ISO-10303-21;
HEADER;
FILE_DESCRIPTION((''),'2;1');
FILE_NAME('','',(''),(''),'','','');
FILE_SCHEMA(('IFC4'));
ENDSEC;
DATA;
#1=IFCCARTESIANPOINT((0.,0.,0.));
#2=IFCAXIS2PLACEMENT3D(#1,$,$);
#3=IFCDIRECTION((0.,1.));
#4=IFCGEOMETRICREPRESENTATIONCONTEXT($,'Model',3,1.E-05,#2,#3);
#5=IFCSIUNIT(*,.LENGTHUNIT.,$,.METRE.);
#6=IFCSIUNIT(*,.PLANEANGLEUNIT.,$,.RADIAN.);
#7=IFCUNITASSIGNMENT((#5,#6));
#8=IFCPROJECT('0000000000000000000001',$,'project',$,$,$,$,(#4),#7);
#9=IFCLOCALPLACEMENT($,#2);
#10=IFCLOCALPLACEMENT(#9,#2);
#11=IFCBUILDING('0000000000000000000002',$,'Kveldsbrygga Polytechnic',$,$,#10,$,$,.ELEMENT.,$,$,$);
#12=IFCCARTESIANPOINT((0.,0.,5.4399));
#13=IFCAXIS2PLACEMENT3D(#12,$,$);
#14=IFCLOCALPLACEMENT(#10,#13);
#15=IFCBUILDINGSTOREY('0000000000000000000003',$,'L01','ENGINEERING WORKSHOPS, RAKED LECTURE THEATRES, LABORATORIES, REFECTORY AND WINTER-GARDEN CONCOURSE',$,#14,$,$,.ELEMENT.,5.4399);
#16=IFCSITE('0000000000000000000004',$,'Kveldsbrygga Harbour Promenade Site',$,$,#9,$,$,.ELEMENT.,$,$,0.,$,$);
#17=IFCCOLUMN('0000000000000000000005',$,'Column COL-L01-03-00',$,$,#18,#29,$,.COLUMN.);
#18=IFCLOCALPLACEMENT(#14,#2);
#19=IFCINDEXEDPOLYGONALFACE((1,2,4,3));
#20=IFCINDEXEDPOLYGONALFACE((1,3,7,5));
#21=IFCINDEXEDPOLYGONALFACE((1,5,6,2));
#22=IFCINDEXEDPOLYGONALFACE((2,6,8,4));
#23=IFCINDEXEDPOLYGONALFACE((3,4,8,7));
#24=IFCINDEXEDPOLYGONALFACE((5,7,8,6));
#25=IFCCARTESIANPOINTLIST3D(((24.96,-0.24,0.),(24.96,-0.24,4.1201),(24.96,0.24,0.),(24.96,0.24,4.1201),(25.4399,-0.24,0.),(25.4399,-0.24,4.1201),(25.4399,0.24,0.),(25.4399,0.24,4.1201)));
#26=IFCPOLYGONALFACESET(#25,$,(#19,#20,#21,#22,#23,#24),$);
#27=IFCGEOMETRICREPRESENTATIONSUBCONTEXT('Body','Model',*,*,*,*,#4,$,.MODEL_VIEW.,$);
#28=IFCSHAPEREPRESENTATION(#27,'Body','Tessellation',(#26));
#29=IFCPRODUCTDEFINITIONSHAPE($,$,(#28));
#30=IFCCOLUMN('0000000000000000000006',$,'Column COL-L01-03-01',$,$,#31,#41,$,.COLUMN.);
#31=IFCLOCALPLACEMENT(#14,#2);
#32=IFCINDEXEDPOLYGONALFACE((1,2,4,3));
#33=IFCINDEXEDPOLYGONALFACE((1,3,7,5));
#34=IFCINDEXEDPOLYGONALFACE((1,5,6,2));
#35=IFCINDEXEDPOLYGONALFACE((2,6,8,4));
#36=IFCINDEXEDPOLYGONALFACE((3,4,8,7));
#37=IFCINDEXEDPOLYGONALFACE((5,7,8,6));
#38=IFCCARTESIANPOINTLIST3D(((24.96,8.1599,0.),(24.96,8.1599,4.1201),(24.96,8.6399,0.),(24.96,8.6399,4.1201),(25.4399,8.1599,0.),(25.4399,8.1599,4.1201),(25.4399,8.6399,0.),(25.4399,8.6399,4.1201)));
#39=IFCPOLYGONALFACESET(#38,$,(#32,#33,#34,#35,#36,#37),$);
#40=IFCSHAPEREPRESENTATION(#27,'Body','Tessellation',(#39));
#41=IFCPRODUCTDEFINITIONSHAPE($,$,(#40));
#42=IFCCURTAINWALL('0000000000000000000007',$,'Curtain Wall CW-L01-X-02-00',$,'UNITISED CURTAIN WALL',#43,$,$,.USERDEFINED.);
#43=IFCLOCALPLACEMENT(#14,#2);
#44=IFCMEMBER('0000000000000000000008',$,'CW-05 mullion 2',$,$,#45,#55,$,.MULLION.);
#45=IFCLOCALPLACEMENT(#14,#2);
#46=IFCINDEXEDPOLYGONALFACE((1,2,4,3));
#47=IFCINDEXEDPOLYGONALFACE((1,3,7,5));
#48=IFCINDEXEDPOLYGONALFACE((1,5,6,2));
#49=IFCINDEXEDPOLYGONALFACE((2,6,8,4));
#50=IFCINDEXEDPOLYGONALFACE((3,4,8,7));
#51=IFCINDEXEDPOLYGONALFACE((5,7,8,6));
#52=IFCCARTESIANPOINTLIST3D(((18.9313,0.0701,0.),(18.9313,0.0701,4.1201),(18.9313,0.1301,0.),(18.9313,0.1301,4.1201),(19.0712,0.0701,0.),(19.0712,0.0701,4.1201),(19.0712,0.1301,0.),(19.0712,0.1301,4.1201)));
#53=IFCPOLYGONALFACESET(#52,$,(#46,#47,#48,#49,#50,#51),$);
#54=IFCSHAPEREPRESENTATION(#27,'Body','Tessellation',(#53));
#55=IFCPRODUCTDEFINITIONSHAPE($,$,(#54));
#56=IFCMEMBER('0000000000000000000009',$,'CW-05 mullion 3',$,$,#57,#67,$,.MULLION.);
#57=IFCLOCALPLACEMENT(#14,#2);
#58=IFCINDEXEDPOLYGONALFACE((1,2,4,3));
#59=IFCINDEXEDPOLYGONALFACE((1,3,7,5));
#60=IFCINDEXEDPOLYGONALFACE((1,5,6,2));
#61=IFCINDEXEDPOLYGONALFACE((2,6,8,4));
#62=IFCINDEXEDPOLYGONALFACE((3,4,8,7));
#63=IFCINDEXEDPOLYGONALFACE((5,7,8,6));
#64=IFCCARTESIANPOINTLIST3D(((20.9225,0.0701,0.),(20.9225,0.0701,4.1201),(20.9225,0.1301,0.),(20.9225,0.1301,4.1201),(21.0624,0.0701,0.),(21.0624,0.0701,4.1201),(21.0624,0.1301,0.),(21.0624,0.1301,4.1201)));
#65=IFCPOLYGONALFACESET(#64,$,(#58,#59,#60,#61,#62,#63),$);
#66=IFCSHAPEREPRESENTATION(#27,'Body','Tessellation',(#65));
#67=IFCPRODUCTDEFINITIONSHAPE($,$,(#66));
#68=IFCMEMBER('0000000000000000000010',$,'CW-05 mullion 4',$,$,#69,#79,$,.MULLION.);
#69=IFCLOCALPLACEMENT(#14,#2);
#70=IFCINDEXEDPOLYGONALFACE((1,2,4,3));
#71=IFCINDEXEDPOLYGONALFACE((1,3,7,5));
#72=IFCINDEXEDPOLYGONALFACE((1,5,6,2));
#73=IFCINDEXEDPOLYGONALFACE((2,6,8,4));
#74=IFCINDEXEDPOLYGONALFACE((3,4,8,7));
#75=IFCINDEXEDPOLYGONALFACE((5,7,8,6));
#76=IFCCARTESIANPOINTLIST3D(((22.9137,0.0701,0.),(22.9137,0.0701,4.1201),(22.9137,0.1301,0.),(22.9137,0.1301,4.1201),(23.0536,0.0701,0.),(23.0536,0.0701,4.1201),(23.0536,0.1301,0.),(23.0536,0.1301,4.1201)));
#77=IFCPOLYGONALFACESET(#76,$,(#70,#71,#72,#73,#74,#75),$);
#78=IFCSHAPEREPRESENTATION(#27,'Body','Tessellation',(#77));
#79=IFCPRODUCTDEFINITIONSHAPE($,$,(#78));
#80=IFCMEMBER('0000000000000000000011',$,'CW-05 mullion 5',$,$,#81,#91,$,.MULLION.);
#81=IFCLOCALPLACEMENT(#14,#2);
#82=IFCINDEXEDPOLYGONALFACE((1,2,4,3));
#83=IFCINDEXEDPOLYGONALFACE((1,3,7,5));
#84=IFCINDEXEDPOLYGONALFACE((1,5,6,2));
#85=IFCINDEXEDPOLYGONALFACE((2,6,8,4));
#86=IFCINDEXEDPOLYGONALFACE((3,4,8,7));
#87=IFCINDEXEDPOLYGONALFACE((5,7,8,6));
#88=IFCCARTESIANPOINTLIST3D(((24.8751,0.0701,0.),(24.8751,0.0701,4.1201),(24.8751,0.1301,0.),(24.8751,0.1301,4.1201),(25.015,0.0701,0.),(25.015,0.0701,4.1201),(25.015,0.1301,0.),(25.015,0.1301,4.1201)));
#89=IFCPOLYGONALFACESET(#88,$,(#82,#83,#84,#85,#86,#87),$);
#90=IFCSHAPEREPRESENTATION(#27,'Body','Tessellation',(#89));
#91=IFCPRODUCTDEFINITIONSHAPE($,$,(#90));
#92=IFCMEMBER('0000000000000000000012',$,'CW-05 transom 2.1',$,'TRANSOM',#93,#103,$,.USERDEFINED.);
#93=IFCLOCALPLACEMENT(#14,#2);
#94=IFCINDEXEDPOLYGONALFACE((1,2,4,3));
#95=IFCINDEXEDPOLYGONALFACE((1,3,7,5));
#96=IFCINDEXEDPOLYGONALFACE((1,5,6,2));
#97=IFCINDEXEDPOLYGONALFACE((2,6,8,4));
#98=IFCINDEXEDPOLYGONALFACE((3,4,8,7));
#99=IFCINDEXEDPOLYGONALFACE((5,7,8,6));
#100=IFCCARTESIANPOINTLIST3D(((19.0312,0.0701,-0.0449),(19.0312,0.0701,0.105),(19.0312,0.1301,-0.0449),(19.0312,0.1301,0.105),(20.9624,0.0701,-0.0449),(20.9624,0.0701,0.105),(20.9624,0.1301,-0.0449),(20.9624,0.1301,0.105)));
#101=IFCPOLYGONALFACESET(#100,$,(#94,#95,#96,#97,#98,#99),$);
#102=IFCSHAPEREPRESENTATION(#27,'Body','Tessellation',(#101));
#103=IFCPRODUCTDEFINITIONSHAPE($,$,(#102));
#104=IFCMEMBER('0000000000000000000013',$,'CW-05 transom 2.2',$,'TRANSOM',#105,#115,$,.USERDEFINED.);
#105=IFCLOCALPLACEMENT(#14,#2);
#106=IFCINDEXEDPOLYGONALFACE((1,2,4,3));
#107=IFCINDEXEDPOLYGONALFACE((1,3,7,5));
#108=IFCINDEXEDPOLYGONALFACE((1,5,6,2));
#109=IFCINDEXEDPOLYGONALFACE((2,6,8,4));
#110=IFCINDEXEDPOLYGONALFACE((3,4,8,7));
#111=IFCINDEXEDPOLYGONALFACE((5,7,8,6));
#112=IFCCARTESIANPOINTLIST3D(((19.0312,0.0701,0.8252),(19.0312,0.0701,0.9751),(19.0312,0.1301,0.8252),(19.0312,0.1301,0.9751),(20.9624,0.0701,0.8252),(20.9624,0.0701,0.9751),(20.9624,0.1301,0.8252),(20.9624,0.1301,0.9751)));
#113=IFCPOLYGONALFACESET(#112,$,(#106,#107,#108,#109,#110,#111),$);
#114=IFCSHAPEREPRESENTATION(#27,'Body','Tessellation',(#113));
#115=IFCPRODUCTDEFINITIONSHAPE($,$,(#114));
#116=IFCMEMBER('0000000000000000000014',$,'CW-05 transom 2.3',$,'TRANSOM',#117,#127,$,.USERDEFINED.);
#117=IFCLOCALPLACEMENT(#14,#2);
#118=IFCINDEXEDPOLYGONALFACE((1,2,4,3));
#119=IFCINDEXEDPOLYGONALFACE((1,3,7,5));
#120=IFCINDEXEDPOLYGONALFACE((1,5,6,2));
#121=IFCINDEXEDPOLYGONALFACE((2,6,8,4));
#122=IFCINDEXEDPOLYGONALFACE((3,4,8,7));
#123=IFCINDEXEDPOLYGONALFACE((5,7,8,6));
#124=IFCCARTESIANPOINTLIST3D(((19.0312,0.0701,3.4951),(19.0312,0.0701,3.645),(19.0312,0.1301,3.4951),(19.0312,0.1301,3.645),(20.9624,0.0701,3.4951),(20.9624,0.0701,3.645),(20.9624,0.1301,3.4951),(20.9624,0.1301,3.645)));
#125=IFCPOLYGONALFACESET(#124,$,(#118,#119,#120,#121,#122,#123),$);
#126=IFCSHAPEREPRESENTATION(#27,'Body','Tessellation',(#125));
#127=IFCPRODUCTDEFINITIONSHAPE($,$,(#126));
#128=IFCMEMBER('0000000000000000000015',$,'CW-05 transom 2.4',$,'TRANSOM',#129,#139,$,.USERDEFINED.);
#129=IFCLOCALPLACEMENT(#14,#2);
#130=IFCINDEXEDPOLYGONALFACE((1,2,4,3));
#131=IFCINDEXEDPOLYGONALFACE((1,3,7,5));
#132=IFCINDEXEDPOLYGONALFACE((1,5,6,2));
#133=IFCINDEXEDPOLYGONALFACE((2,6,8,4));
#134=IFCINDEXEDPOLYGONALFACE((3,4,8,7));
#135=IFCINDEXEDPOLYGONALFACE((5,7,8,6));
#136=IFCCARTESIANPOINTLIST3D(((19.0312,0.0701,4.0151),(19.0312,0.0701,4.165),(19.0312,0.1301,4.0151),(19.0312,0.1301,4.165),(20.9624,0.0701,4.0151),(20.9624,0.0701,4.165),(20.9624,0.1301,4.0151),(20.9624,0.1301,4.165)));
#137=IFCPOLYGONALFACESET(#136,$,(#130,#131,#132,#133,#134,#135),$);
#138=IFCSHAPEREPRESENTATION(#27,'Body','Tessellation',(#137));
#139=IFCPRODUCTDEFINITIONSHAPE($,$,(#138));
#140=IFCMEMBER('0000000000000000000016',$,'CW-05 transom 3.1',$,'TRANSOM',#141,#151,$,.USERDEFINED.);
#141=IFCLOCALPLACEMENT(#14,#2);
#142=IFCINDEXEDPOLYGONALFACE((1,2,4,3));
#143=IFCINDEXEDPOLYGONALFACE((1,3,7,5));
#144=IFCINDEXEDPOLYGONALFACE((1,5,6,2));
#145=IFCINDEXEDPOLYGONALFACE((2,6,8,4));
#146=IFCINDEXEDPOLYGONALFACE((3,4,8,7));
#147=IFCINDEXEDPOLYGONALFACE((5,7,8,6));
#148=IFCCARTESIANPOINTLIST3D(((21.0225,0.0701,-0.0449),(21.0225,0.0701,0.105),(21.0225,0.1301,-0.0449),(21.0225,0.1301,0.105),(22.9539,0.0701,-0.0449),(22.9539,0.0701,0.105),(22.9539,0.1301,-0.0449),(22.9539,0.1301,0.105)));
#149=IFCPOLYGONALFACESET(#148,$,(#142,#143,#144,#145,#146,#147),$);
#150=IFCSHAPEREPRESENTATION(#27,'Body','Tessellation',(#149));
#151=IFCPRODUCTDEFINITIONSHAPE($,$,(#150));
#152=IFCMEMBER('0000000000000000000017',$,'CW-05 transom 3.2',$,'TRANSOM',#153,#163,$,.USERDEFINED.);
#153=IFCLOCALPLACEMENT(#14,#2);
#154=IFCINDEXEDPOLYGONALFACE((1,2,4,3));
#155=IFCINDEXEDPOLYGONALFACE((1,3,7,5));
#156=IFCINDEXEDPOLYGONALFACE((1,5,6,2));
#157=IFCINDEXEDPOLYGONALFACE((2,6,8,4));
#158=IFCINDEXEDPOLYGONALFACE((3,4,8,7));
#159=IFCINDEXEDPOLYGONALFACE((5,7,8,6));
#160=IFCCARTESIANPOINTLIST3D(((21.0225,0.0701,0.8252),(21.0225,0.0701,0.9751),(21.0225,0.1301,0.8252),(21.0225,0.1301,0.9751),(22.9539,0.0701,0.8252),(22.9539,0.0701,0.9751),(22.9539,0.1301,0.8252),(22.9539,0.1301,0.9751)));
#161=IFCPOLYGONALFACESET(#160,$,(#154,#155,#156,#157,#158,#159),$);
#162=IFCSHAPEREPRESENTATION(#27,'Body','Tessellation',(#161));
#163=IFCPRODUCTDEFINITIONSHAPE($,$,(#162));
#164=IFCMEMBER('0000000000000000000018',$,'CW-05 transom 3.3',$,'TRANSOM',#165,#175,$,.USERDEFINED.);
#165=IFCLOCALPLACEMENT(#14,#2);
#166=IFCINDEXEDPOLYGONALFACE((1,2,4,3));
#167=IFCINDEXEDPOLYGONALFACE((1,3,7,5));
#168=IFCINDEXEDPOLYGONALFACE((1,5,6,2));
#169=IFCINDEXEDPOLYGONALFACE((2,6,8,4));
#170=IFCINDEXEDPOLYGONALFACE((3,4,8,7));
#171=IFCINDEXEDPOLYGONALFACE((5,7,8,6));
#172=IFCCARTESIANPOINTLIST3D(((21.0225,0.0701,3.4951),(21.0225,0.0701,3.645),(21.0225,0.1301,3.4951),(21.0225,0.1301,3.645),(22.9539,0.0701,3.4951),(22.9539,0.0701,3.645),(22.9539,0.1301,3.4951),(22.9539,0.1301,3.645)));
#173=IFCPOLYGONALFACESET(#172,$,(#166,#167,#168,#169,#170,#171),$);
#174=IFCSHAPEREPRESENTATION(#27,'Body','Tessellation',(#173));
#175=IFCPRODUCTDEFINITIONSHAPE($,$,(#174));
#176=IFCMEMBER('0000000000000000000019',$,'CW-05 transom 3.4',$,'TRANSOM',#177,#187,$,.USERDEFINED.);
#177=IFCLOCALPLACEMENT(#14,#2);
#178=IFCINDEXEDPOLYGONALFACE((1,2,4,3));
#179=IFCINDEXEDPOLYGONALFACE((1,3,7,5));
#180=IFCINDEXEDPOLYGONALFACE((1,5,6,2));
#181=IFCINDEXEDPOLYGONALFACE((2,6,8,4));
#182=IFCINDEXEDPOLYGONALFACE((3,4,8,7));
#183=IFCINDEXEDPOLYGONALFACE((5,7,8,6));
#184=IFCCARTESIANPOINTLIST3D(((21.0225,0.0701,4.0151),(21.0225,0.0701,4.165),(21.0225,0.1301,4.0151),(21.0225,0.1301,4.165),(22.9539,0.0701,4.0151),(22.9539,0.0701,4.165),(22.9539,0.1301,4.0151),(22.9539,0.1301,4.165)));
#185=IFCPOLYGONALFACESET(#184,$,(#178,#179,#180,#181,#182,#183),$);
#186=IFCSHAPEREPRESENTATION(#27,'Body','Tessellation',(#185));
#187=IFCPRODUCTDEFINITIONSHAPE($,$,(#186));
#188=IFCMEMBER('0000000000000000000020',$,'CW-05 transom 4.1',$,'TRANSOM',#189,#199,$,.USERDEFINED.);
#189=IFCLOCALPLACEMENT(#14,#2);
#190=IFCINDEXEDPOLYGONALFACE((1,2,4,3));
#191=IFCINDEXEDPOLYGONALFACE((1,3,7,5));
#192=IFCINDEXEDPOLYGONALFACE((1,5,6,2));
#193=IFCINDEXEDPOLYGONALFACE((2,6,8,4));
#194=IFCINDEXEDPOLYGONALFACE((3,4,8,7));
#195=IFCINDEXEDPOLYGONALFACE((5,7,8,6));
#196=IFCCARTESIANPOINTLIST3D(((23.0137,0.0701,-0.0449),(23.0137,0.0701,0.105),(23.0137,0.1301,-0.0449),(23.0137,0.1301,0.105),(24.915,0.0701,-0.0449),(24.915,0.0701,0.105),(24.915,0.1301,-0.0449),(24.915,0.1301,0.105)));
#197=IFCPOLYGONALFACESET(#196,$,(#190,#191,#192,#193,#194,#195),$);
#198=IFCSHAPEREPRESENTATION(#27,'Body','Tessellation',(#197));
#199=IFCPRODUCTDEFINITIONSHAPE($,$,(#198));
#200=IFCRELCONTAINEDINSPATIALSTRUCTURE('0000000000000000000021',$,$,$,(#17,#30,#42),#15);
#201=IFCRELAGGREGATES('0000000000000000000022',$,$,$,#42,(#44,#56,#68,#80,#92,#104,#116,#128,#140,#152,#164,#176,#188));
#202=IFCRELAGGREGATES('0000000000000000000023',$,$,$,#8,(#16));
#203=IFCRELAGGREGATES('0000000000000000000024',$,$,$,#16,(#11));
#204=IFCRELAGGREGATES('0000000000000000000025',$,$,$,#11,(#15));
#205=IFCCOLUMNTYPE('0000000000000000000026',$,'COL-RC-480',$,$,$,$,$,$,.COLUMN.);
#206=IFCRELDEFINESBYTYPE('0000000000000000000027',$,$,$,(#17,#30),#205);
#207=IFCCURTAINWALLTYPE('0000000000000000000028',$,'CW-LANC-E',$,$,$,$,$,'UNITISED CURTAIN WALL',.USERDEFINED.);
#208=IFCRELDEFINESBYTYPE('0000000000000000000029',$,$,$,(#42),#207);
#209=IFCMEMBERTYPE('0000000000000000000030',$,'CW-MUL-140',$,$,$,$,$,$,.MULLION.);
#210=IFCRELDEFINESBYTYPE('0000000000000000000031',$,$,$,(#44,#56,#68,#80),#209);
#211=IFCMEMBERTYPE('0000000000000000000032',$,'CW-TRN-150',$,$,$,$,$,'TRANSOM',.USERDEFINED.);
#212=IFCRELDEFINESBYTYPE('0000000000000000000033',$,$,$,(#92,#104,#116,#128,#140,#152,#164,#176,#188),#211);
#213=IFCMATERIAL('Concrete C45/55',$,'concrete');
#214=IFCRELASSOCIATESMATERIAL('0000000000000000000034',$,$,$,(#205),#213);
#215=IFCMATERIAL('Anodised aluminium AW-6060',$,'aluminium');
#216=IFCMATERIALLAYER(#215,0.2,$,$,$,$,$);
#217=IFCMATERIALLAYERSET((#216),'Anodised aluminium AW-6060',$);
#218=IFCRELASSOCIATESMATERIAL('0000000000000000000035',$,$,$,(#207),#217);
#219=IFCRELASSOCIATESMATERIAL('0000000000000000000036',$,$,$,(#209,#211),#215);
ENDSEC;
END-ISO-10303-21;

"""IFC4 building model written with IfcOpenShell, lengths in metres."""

from ifc_helpers import new_model, si_unit, direction, frame, origin, origin_2d, place, context, subcontext, project, spatial, rectangle, extrude, material, layer, layer_set, material_profile, profile_set, type_object, element, aggregate, save


model = new_model("IFC4")

# Units and contexts
model_context = context("Model", 3, precision=1e-05, world=origin(), true_north=direction((0.0, 1.0)))
body_context = subcontext(model_context, "Body", "Model", "MODEL_VIEW")
ifc_project = project(units=[si_unit("LENGTHUNIT", "METRE"), si_unit("PLANEANGLEUNIT", "RADIAN")], contexts=[model_context])

# Site, building, storey
site_placement = place(None, origin())
site = spatial("IfcSite", under=ifc_project, at=site_placement, Name="Kveldsbrygga Harbour Promenade Site", CompositionType="ELEMENT", RefElevation=0.0)
building_placement = place(site_placement, origin())
building = spatial("IfcBuilding", under=site, at=building_placement, Name="Kveldsbrygga Polytechnic", CompositionType="ELEMENT")
storey_placement = place(building_placement, frame((0.0, 0.0, 5.4399)))
storey = spatial("IfcBuildingStorey", under=building, at=storey_placement, Name="L01", Description="ENGINEERING WORKSHOPS, RAKED LECTURE THEATRES, LABORATORIES, REFECTORY AND WINTER-GARDEN CONCOURSE", CompositionType="ELEMENT", Elevation=5.4399)

# Columns
ifc_material_1 = material(Name="Concrete C45/55", Category="concrete")
ifc_material_profile_1 = material_profile(ifc_material_1, rectangle(XDim=0.48, YDim=0.48, at=origin_2d()), Name="RC 480x480")
ifc_profile_set_1 = profile_set([ifc_material_profile_1], Name="Concrete C45/55")
column_type = type_object("IfcColumnType", Name="COL-RC-480", PredefinedType="COLUMN", material=ifc_profile_set_1)
for number, where, z_axis, x_axis, name in (
    (1, (25.2, 0.0, 0.0), (0.0, 0.0, 1.0), (1.0, 0.0, 0.0), "Column COL-L01-03-00"),
    (2, (25.2, 8.3999, 0.0), (0.0, 0.0, 1.0), (1.0, 0.0, 0.0), "Column COL-L01-03-01"),
):
    element("IfcColumn", number, at=place(storey_placement, frame(where, z_axis=z_axis, x_axis=x_axis)), inside=storey, type_object=column_type, Name=name, PredefinedType="COLUMN", context=body_context, shape_type="SweptSolid", body=[
        extrude(rectangle(XDim=0.48, YDim=0.48, at=origin_2d()), origin(), (0.0, 0.0, 1.0), 4.1201),
    ])

# Curtain wall, members
ifc_material_2 = material(Name="Anodised aluminium AW-6060", Category="aluminium")
ifc_layer_1 = layer(ifc_material_2, 0.2)
ifc_layer_set_1 = layer_set([ifc_layer_1], Name="Anodised aluminium AW-6060")
curtain_wall_type = type_object("IfcCurtainWallType", Name="CW-LANC-E", ElementType="UNITISED CURTAIN WALL", PredefinedType="USERDEFINED", material=ifc_layer_set_1)
curtain_wall_placement = place(storey_placement, origin())
curtain_wall = element("IfcCurtainWall", 3, at=curtain_wall_placement, inside=storey, type_object=curtain_wall_type, Name="Curtain Wall CW-L01-X-02-00", ObjectType="UNITISED CURTAIN WALL", PredefinedType="USERDEFINED")
ifc_material_profile_2 = material_profile(ifc_material_2, rectangle(XDim=0.0601, YDim=0.1399, at=origin_2d()), Name="ALU 60x140")
ifc_profile_set_2 = profile_set([ifc_material_profile_2], Name="Anodised aluminium AW-6060")
member_type_1 = type_object("IfcMemberType", Name="CW-MUL-140", PredefinedType="MULLION", material=ifc_profile_set_2)
member_1_placement = place(storey_placement, frame((19.0012, 0.1001, 0.0), z_axis=(0.0, 0.0, 1.0), x_axis=(0.0, 1.0, 0.0)))
member_1 = element("IfcMember", 4, at=member_1_placement, type_object=member_type_1, Name="CW-05 mullion 2", PredefinedType="MULLION", context=body_context, shape_type="SweptSolid", body=[
    extrude(rectangle(XDim=0.0601, YDim=0.1399, at=origin_2d()), origin(), (0.0, 0.0, 1.0), 4.1201),
])
member_2_placement = place(storey_placement, frame((20.9924, 0.1001, 0.0), z_axis=(0.0, 0.0, 1.0), x_axis=(0.0, 1.0, 0.0)))
member_2 = element("IfcMember", 5, at=member_2_placement, type_object=member_type_1, Name="CW-05 mullion 3", PredefinedType="MULLION", context=body_context, shape_type="SweptSolid", body=[
    extrude(rectangle(XDim=0.0601, YDim=0.1399, at=origin_2d()), origin(), (0.0, 0.0, 1.0), 4.1201),
])
member_3_placement = place(storey_placement, frame((22.9836, 0.1001, 0.0), z_axis=(0.0, 0.0, 1.0), x_axis=(0.0, 1.0, 0.0)))
member_3 = element("IfcMember", 6, at=member_3_placement, type_object=member_type_1, Name="CW-05 mullion 4", PredefinedType="MULLION", context=body_context, shape_type="SweptSolid", body=[
    extrude(rectangle(XDim=0.0601, YDim=0.1399, at=origin_2d()), origin(), (0.0, 0.0, 1.0), 4.1201),
])
member_4_placement = place(storey_placement, frame((24.9451, 0.1001, 0.0), z_axis=(0.0, 0.0, 1.0), x_axis=(0.0, 1.0, 0.0)))
member_4 = element("IfcMember", 7, at=member_4_placement, type_object=member_type_1, Name="CW-05 mullion 5", PredefinedType="MULLION", context=body_context, shape_type="SweptSolid", body=[
    extrude(rectangle(XDim=0.0601, YDim=0.1399, at=origin_2d()), origin(), (0.0, 0.0, 1.0), 4.1201),
])
ifc_material_profile_3 = material_profile(ifc_material_2, rectangle(XDim=0.0601, YDim=0.1499, at=origin_2d()), Name="ALU 60x150")
ifc_profile_set_3 = profile_set([ifc_material_profile_3], Name="Anodised aluminium AW-6060")
member_type_2 = type_object("IfcMemberType", Name="CW-TRN-150", ElementType="TRANSOM", PredefinedType="USERDEFINED", material=ifc_profile_set_3)
member_5_placement = place(storey_placement, frame((19.0312, 0.1001, 0.03), z_axis=(1.0, 0.0, 0.0), x_axis=(0.0, 1.0, 0.0)))
member_5 = element("IfcMember", 8, at=member_5_placement, type_object=member_type_2, Name="CW-05 transom 2.1", ObjectType="TRANSOM", PredefinedType="USERDEFINED", context=body_context, shape_type="SweptSolid", body=[
    extrude(rectangle(XDim=0.0601, YDim=0.1499, at=origin_2d()), origin(), (0.0, 0.0, 1.0), 1.9312),
])
member_6_placement = place(storey_placement, frame((19.0312, 0.1001, 0.9001), z_axis=(1.0, 0.0, 0.0), x_axis=(0.0, 1.0, 0.0)))
member_6 = element("IfcMember", 9, at=member_6_placement, type_object=member_type_2, Name="CW-05 transom 2.2", ObjectType="TRANSOM", PredefinedType="USERDEFINED", context=body_context, shape_type="SweptSolid", body=[
    extrude(rectangle(XDim=0.0601, YDim=0.1499, at=origin_2d()), origin(), (0.0, 0.0, 1.0), 1.9312),
])
member_7_placement = place(storey_placement, frame((19.0312, 0.1001, 3.5701), z_axis=(1.0, 0.0, 0.0), x_axis=(0.0, 1.0, 0.0)))
member_7 = element("IfcMember", 10, at=member_7_placement, type_object=member_type_2, Name="CW-05 transom 2.3", ObjectType="TRANSOM", PredefinedType="USERDEFINED", context=body_context, shape_type="SweptSolid", body=[
    extrude(rectangle(XDim=0.0601, YDim=0.1499, at=origin_2d()), origin(), (0.0, 0.0, 1.0), 1.9312),
])
member_8_placement = place(storey_placement, frame((19.0312, 0.1001, 4.0901), z_axis=(1.0, 0.0, 0.0), x_axis=(0.0, 1.0, 0.0)))
member_8 = element("IfcMember", 11, at=member_8_placement, type_object=member_type_2, Name="CW-05 transom 2.4", ObjectType="TRANSOM", PredefinedType="USERDEFINED", context=body_context, shape_type="SweptSolid", body=[
    extrude(rectangle(XDim=0.0601, YDim=0.1499, at=origin_2d()), origin(), (0.0, 0.0, 1.0), 1.9312),
])
member_9_placement = place(storey_placement, frame((21.0225, 0.1001, 0.03), z_axis=(1.0, 0.0, 0.0), x_axis=(0.0, 1.0, 0.0)))
member_9 = element("IfcMember", 12, at=member_9_placement, type_object=member_type_2, Name="CW-05 transom 3.1", ObjectType="TRANSOM", PredefinedType="USERDEFINED", context=body_context, shape_type="SweptSolid", body=[
    extrude(rectangle(XDim=0.0601, YDim=0.1499, at=origin_2d()), origin(), (0.0, 0.0, 1.0), 1.9314),
])
member_10_placement = place(storey_placement, frame((21.0225, 0.1001, 0.9001), z_axis=(1.0, 0.0, 0.0), x_axis=(0.0, 1.0, 0.0)))
member_10 = element("IfcMember", 13, at=member_10_placement, type_object=member_type_2, Name="CW-05 transom 3.2", ObjectType="TRANSOM", PredefinedType="USERDEFINED", context=body_context, shape_type="SweptSolid", body=[
    extrude(rectangle(XDim=0.0601, YDim=0.1499, at=origin_2d()), origin(), (0.0, 0.0, 1.0), 1.9314),
])
member_11_placement = place(storey_placement, frame((21.0225, 0.1001, 3.5701), z_axis=(1.0, 0.0, 0.0), x_axis=(0.0, 1.0, 0.0)))
member_11 = element("IfcMember", 14, at=member_11_placement, type_object=member_type_2, Name="CW-05 transom 3.3", ObjectType="TRANSOM", PredefinedType="USERDEFINED", context=body_context, shape_type="SweptSolid", body=[
    extrude(rectangle(XDim=0.0601, YDim=0.1499, at=origin_2d()), origin(), (0.0, 0.0, 1.0), 1.9314),
])
member_12_placement = place(storey_placement, frame((21.0225, 0.1001, 4.0901), z_axis=(1.0, 0.0, 0.0), x_axis=(0.0, 1.0, 0.0)))
member_12 = element("IfcMember", 15, at=member_12_placement, type_object=member_type_2, Name="CW-05 transom 3.4", ObjectType="TRANSOM", PredefinedType="USERDEFINED", context=body_context, shape_type="SweptSolid", body=[
    extrude(rectangle(XDim=0.0601, YDim=0.1499, at=origin_2d()), origin(), (0.0, 0.0, 1.0), 1.9314),
])
member_13_placement = place(storey_placement, frame((23.0137, 0.1001, 0.03), z_axis=(1.0, 0.0, 0.0), x_axis=(0.0, 1.0, 0.0)))
member_13 = element("IfcMember", 16, at=member_13_placement, type_object=member_type_2, Name="CW-05 transom 4.1", ObjectType="TRANSOM", PredefinedType="USERDEFINED", context=body_context, shape_type="SweptSolid", body=[
    extrude(rectangle(XDim=0.0601, YDim=0.1499, at=origin_2d()), origin(), (0.0, 0.0, 1.0), 1.9014),
])

aggregate(curtain_wall, [member_1, member_2, member_3, member_4, member_5, member_6, member_7, member_8, member_9, member_10, member_11, member_12, member_13])

save(model, "model.ifc")
